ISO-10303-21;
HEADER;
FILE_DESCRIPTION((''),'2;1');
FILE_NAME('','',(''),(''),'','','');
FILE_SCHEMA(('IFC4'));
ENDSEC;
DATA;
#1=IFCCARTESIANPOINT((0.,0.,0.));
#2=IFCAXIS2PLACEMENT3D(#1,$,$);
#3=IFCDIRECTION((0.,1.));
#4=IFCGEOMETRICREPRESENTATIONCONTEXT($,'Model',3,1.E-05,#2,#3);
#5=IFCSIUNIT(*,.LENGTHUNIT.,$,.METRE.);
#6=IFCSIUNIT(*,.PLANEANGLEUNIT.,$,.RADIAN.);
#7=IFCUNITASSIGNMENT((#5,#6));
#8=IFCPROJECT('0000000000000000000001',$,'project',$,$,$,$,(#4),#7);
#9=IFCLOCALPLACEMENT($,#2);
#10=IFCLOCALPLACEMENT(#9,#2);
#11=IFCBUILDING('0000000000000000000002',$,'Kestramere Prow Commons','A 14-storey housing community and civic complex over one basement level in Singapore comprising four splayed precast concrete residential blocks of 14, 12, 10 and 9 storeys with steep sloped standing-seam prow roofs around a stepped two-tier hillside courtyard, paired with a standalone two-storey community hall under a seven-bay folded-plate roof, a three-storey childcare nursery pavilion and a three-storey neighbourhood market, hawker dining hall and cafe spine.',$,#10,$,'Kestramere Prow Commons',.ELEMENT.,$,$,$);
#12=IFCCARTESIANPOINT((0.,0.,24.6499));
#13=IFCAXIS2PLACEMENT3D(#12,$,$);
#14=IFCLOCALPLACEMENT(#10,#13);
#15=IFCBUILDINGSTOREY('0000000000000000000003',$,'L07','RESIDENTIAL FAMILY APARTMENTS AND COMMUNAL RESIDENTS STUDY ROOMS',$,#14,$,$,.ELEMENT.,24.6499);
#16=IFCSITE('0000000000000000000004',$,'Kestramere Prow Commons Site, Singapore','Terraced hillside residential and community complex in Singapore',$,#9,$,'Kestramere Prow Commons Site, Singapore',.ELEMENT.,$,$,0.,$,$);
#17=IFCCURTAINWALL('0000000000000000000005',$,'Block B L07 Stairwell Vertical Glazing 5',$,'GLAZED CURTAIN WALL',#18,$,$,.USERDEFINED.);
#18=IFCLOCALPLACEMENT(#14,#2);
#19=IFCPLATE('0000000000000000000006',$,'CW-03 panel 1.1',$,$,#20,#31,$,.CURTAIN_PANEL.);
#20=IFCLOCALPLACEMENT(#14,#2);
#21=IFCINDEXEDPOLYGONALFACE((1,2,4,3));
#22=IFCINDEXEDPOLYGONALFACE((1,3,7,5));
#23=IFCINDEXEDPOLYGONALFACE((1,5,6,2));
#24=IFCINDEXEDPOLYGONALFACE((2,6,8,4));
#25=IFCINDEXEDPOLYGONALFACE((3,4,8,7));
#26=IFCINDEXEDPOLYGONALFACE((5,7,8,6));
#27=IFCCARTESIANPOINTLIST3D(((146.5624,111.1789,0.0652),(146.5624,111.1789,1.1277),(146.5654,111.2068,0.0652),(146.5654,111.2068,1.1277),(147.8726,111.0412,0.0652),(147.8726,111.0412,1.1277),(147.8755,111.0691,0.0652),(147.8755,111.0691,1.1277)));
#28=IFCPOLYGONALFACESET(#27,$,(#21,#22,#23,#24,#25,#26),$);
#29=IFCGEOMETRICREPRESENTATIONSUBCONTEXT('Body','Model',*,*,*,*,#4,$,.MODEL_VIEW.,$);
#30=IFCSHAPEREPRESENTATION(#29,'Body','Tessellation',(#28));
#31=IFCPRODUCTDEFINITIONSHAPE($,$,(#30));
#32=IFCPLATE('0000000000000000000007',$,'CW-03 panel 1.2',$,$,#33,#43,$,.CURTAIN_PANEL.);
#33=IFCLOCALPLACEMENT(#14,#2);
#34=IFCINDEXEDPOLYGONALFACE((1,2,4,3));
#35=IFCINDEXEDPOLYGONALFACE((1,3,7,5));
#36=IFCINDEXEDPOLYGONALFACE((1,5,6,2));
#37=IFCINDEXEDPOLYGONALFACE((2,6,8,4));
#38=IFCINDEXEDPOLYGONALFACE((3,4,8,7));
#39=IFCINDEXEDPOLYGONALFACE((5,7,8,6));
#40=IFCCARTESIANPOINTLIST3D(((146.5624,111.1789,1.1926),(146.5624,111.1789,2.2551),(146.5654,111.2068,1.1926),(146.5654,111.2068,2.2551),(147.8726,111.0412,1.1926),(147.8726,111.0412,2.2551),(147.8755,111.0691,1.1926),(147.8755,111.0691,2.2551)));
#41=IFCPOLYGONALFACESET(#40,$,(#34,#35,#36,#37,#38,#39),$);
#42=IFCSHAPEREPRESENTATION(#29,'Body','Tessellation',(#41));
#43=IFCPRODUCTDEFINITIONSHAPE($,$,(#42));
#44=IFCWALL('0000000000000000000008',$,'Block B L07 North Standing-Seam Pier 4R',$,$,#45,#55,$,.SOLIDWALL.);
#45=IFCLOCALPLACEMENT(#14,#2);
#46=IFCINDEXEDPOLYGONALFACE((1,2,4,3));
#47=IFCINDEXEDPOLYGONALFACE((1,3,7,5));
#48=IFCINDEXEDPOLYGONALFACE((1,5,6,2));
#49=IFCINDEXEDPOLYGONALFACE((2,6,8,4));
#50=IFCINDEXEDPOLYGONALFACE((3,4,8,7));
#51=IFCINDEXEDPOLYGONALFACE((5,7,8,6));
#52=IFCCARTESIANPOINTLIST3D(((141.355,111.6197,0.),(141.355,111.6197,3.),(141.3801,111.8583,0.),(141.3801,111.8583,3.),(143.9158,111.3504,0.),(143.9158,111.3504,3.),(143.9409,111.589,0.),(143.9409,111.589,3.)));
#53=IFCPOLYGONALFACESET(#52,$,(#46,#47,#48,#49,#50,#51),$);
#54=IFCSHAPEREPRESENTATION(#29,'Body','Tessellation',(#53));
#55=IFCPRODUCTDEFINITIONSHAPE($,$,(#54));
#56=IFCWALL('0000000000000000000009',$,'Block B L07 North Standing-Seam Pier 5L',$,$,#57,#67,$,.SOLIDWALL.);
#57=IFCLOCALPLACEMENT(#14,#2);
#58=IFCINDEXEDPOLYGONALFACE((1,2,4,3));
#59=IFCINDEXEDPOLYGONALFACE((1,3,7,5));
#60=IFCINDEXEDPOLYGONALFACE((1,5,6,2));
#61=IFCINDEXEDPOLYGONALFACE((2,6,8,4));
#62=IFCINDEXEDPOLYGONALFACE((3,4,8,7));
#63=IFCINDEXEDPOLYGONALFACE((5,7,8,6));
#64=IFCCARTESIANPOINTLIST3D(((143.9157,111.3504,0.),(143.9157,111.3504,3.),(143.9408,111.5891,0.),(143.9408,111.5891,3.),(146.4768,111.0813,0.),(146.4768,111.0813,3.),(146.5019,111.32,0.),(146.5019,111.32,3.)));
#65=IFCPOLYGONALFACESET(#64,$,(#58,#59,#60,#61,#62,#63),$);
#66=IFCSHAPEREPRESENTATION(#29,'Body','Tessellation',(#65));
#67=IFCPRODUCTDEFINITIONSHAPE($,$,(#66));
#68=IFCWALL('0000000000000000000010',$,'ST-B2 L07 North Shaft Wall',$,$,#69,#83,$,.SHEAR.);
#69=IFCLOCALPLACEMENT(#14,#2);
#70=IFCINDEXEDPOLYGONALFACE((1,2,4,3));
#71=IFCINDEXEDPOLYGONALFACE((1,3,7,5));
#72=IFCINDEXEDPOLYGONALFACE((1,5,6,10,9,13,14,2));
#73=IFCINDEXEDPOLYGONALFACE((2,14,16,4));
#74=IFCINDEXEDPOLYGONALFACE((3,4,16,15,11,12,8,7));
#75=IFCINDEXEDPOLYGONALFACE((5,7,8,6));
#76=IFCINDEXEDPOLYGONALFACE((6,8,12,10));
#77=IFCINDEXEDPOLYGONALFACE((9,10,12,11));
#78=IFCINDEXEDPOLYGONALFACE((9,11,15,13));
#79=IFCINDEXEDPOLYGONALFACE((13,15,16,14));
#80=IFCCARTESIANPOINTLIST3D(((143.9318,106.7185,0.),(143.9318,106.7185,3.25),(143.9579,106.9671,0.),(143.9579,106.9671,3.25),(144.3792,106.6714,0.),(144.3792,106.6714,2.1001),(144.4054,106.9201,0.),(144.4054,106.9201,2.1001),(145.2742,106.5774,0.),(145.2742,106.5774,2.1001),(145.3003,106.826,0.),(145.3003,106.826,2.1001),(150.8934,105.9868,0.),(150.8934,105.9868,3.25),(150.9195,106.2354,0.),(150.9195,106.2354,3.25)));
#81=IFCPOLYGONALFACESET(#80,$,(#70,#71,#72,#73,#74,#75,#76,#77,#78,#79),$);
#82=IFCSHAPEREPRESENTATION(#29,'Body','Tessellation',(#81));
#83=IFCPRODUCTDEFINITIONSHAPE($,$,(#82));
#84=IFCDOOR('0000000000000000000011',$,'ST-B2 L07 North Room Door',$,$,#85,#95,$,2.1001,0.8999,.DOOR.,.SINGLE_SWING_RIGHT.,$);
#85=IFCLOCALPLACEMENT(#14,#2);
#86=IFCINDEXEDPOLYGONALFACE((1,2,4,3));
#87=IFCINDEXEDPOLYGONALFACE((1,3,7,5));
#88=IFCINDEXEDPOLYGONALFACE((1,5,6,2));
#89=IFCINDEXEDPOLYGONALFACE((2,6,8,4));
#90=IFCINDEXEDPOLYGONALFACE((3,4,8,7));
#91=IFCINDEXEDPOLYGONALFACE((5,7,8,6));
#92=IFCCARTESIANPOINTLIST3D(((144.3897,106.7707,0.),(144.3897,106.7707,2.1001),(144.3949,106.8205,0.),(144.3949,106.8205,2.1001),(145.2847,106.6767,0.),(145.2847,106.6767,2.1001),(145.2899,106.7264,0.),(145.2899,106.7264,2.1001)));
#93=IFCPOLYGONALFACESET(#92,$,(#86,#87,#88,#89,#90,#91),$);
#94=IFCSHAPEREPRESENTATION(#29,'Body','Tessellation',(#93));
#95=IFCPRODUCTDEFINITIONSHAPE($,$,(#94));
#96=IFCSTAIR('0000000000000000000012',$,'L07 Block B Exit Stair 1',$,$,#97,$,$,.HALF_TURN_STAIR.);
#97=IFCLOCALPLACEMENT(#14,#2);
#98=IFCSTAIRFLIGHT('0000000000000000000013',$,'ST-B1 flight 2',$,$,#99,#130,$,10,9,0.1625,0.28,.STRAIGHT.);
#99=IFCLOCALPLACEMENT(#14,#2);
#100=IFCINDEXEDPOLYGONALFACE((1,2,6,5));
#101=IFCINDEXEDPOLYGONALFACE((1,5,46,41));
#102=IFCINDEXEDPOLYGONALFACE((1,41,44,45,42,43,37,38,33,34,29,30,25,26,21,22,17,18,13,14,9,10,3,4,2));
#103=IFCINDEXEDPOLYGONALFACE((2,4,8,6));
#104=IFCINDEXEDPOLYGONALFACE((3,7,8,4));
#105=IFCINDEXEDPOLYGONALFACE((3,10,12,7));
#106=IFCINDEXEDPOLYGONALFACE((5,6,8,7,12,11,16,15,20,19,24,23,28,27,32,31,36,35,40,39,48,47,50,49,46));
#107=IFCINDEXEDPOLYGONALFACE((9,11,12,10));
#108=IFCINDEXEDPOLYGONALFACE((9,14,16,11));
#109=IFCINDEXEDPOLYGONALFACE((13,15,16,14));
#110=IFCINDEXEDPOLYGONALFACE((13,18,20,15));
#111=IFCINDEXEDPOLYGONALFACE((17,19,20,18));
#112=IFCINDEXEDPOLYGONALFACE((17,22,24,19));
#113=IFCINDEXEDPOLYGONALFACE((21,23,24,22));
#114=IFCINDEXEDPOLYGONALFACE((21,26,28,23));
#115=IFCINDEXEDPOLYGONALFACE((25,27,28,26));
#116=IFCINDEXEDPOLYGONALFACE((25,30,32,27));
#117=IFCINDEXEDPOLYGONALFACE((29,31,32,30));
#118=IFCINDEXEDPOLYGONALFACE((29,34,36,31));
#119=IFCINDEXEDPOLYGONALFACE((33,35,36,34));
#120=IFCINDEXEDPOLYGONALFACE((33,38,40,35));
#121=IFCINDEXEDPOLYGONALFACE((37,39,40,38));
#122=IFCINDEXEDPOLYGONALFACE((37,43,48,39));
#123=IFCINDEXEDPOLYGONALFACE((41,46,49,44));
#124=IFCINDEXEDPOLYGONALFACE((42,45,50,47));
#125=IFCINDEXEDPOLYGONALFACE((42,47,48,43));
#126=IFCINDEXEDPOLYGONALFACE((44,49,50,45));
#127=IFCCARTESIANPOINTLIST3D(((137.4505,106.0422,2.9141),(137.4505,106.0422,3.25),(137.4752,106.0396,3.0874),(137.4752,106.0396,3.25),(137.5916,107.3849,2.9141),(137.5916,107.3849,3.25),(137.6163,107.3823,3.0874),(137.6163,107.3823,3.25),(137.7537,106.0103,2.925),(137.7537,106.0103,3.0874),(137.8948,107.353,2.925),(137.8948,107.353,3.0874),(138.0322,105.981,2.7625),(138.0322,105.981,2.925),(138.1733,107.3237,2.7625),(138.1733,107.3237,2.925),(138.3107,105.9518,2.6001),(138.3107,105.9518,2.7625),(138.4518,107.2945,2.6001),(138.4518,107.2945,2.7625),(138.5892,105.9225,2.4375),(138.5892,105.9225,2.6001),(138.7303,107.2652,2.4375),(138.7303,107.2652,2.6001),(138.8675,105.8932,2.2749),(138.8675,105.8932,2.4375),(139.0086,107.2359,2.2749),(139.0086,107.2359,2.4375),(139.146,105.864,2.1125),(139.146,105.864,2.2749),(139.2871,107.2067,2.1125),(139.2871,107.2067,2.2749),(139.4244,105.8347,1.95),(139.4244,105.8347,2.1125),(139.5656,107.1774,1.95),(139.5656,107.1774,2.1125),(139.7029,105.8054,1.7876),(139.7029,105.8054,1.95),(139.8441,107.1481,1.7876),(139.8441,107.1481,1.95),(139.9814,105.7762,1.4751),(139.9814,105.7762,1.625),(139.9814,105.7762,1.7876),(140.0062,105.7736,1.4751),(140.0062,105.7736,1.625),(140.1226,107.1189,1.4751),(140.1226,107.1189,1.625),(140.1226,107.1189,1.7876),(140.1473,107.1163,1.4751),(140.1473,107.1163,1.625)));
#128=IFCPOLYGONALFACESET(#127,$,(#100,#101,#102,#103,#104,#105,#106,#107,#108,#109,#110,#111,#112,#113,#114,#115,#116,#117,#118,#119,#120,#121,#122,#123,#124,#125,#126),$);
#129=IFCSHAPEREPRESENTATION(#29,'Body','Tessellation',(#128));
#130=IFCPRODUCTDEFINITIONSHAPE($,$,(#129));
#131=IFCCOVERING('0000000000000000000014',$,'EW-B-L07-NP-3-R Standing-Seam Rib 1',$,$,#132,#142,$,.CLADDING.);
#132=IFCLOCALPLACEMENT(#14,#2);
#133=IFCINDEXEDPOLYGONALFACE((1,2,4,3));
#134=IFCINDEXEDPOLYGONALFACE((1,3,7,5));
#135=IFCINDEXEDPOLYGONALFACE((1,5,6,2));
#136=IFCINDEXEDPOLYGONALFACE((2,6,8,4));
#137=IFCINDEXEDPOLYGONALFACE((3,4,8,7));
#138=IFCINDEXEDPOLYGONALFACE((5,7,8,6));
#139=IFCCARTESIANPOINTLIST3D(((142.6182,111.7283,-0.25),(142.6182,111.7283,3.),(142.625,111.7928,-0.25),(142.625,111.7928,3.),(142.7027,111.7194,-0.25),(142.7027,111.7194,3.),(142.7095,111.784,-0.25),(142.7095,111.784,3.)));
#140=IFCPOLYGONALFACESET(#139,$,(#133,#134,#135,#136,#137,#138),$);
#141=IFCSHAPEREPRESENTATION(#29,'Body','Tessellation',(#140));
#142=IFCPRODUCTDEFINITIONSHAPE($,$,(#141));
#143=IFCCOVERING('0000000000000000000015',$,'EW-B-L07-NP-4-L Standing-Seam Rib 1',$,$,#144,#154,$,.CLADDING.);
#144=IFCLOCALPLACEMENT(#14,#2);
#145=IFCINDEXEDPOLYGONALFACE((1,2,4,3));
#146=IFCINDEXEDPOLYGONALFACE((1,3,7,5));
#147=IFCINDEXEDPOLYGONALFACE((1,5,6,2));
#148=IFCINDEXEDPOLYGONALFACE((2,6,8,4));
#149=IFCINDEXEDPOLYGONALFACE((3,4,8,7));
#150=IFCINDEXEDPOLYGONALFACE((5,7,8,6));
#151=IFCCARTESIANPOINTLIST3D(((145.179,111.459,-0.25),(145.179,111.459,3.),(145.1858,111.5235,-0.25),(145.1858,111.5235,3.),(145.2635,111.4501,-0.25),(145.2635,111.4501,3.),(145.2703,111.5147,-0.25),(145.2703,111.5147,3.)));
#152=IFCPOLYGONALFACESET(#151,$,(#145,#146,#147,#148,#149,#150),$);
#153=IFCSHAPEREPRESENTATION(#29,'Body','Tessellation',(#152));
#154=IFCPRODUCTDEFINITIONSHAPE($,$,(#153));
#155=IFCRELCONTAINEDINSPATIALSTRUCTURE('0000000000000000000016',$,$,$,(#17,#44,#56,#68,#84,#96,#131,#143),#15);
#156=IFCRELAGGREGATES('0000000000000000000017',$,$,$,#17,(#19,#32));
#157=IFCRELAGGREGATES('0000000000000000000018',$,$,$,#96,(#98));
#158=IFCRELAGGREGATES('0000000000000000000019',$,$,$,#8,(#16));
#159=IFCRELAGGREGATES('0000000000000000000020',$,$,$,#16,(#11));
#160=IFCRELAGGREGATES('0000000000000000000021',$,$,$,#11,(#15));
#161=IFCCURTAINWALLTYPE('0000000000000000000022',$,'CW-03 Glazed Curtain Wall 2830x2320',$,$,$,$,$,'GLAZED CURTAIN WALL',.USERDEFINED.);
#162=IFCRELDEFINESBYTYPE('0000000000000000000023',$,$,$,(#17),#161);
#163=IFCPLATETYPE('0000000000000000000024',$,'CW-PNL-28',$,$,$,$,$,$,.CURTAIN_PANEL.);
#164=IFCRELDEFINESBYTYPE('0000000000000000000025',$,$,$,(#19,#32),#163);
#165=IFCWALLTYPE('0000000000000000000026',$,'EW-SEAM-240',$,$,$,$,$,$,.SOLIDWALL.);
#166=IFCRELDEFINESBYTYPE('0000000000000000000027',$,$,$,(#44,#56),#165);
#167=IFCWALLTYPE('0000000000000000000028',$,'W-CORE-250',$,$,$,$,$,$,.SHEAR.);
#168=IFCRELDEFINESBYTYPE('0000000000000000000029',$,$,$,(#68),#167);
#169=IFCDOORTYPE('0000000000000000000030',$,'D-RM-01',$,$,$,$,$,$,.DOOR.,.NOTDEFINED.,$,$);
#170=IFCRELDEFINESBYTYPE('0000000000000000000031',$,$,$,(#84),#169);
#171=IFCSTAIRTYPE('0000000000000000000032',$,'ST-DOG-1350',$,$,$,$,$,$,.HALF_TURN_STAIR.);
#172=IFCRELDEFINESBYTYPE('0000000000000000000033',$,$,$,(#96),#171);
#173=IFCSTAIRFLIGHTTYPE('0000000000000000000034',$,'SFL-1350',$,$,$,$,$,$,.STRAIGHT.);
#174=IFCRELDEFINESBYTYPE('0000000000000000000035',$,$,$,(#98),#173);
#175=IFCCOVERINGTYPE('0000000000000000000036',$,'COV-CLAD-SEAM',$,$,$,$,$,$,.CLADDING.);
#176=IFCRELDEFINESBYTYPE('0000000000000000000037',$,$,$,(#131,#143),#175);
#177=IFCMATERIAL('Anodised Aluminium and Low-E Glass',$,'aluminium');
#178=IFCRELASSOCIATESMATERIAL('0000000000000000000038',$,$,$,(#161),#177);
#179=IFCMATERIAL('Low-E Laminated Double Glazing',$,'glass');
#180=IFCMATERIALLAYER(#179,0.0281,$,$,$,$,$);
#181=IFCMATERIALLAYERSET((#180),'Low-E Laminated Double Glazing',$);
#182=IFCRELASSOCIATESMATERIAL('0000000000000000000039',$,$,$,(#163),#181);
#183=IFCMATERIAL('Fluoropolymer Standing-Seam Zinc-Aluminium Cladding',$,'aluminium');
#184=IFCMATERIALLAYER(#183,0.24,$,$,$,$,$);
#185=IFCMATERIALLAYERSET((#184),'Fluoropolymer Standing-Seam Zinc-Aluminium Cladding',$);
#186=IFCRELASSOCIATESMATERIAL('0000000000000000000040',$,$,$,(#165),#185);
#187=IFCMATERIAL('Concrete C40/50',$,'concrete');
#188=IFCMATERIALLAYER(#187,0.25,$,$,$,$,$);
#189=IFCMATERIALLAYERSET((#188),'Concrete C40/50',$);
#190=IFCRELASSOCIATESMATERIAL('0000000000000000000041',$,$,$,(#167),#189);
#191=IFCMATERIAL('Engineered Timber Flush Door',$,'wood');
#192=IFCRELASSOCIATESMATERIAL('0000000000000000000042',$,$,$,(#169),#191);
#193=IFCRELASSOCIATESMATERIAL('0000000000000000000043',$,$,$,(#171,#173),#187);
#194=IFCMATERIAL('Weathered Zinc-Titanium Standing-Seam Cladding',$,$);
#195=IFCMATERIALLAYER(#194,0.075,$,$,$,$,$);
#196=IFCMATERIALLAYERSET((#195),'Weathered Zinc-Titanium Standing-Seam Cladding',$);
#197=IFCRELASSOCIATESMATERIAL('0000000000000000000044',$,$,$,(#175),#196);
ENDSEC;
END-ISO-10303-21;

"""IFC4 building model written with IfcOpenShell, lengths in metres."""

from ifc_helpers import new_model, si_unit, direction, frame, frame_2d, origin, origin_2d, place, context, subcontext, project, spatial, polyline, rectangle, outline, extrude, material, layer, layer_set, type_object, element, fill, aggregate, save


model = new_model("IFC4")

# Units and contexts
model_context = context("Model", 3, precision=1e-05, world=origin(), true_north=direction((0.0, 1.0)))
body_context = subcontext(model_context, "Body", "Model", "MODEL_VIEW")
ifc_project = project(units=[si_unit("LENGTHUNIT", "METRE"), si_unit("PLANEANGLEUNIT", "RADIAN")], contexts=[model_context])

# Site, building, storey
site_placement = place(None, origin())
site = spatial("IfcSite", under=ifc_project, at=site_placement, Name="Kestramere Prow Commons Site, Singapore", Description="Terraced hillside residential and community complex in Singapore", LongName="Kestramere Prow Commons Site, Singapore", CompositionType="ELEMENT", RefElevation=0.0)
building_placement = place(site_placement, origin())
building = spatial("IfcBuilding", under=site, at=building_placement, Name="Kestramere Prow Commons", Description="A 14-storey housing community and civic complex over one basement level in Singapore comprising four splayed precast concrete residential blocks of 14, 12, 10 and 9 storeys with steep sloped standing-seam prow roofs around a stepped two-tier hillside courtyard, paired with a standalone two-storey community hall under a seven-bay folded-plate roof, a three-storey childcare nursery pavilion and a three-storey neighbourhood market, hawker dining hall and cafe spine.", LongName="Kestramere Prow Commons", CompositionType="ELEMENT")
storey_placement = place(building_placement, frame((0.0, 0.0, 24.6499)))
storey = spatial("IfcBuildingStorey", under=building, at=storey_placement, Name="L07", Description="RESIDENTIAL FAMILY APARTMENTS AND COMMUNAL RESIDENTS STUDY ROOMS", CompositionType="ELEMENT", Elevation=24.6499)

# Curtain wall
ifc_material_1 = material(Name="Anodised Aluminium and Low-E Glass", Category="aluminium")
curtain_wall_type = type_object("IfcCurtainWallType", Name="CW-03 Glazed Curtain Wall 2830x2320", ElementType="GLAZED CURTAIN WALL", PredefinedType="USERDEFINED", material=ifc_material_1)
curtain_wall_1_placement = place(storey_placement, origin())
curtain_wall_1 = element("IfcCurtainWall", 1, at=curtain_wall_1_placement, inside=storey, type_object=curtain_wall_type, Name="Block B L07 Stairwell Vertical Glazing 5", ObjectType="GLAZED CURTAIN WALL", PredefinedType="USERDEFINED")

# Plates
ifc_material_2 = material(Name="Low-E Laminated Double Glazing", Category="glass")
ifc_layer_1 = layer(ifc_material_2, 0.0281)
ifc_layer_set_1 = layer_set([ifc_layer_1], Name="Low-E Laminated Double Glazing")
plate_type = type_object("IfcPlateType", Name="CW-PNL-28", PredefinedType="CURTAIN_PANEL", material=ifc_layer_set_1)
plate_1_placement = place(storey_placement, frame((147.219, 111.124, 0.0652), z_axis=(0.0, 0.0, 1.0), x_axis=(0.994522, -0.104528, 0.0)))
plate_1 = element("IfcPlate", 2, at=plate_1_placement, type_object=plate_type, Name="CW-03 panel 1.1", PredefinedType="CURTAIN_PANEL", context=body_context, shape_type="SweptSolid", body=[
    extrude(rectangle(XDim=1.3174, YDim=0.0281, at=origin_2d()), origin(), (0.0, 0.0, 1.0), 1.0625),
])
plate_2_placement = place(storey_placement, frame((147.219, 111.124, 1.1926), z_axis=(0.0, 0.0, 1.0), x_axis=(0.994522, -0.104528, 0.0)))
plate_2 = element("IfcPlate", 3, at=plate_2_placement, type_object=plate_type, Name="CW-03 panel 1.2", PredefinedType="CURTAIN_PANEL", context=body_context, shape_type="SweptSolid", body=[
    extrude(rectangle(XDim=1.3174, YDim=0.0281, at=origin_2d()), origin(), (0.0, 0.0, 1.0), 1.0625),
])
aggregate(curtain_wall_1, [plate_1, plate_2])

# Walls
ifc_material_3 = material(Name="Fluoropolymer Standing-Seam Zinc-Aluminium Cladding", Category="aluminium")
ifc_layer_2 = layer(ifc_material_3, 0.24)
ifc_layer_set_2 = layer_set([ifc_layer_2], Name="Fluoropolymer Standing-Seam Zinc-Aluminium Cladding")
wall_type_1 = type_object("IfcWallType", Name="EW-SEAM-240", PredefinedType="SOLIDWALL", material=ifc_layer_set_2)
wall_1_placement = place(storey_placement, frame((141.3674, 111.739, 0.0), z_axis=(0.0, 0.0, 1.0), x_axis=(0.994516, -0.104581, 0.0)))
element("IfcWall", 4, at=wall_1_placement, inside=storey, type_object=wall_type_1, Name="Block B L07 North Standing-Seam Pier 4R", PredefinedType="SOLIDWALL", context=body_context, shape_type="SweptSolid", body=[
    extrude(rectangle(XDim=2.575, YDim=0.24, at=frame_2d((1.2876, 0.0))), origin(), (0.0, 0.0, 1.0), 3.0),
])
wall_2_placement = place(storey_placement, frame((143.9282, 111.4697, 0.0), z_axis=(0.0, 0.0, 1.0), x_axis=(0.994527, -0.104478, 0.0)))
element("IfcWall", 5, at=wall_2_placement, inside=storey, type_object=wall_type_1, Name="Block B L07 North Standing-Seam Pier 5L", PredefinedType="SOLIDWALL", context=body_context, shape_type="SweptSolid", body=[
    extrude(rectangle(XDim=2.5752, YDim=0.24, at=frame_2d((1.2876, 0.0))), origin(), (0.0, 0.0, 1.0), 3.0),
])

# Wall, opening, door
ifc_material_4 = material(Name="Concrete C40/50", Category="concrete")
ifc_layer_3 = layer(ifc_material_4, 0.25)
ifc_layer_set_3 = layer_set([ifc_layer_3], Name="Concrete C40/50")
wall_type_2 = type_object("IfcWallType", Name="W-CORE-250", PredefinedType="SHEAR", material=ifc_layer_set_3)
wall_3_placement = place(storey_placement, frame((143.9448, 106.8428, 0.0), z_axis=(0.0, 0.0, 1.0), x_axis=(0.994522, -0.104527, 0.0)))
wall_3 = element("IfcWall", 6, at=wall_3_placement, inside=storey, type_object=wall_type_2, Name="ST-B2 L07 North Shaft Wall", PredefinedType="SHEAR", context=body_context, shape_type="SweptSolid", body=[
    extrude(rectangle(XDim=7.0, YDim=0.25, at=frame_2d((3.5, 0.0))), origin(), (0.0, 0.0, 1.0), 3.25),
])
opening_placement = place(wall_3_placement, frame((0.45, 0.0, 0.0)))
opening = element("IfcOpeningElement", 7, at=opening_placement, cuts=wall_3, PredefinedType="OPENING", context=body_context, shape_type="SweptSolid", body=[
    extrude(rectangle(XDim=0.8999, YDim=2.1001, at=frame_2d((0.45, 1.05))), frame((0.0, 0.1399, 0.0), z_axis=(0.0, -1.0, 0.0), x_axis=(1.0, 0.0, 0.0)), (0.0, 0.0, 1.0), 0.28),
])
ifc_material_5 = material(Name="Engineered Timber Flush Door", Category="wood")
door_type = type_object("IfcDoorType", Name="D-RM-01", OperationType="NOTDEFINED", PredefinedType="DOOR", material=ifc_material_5)
door_placement = place(opening_placement, origin())
door = element("IfcDoor", 8, at=door_placement, inside=storey, type_object=door_type, Name="ST-B2 L07 North Room Door", OperationType="SINGLE_SWING_RIGHT", OverallHeight=2.1001, OverallWidth=0.8999, PredefinedType="DOOR", context=body_context, shape_type="SweptSolid", body=[
    extrude(rectangle(XDim=0.8999, YDim=2.1001, at=frame_2d((0.45, 1.05))), frame((0.0, 0.0249, 0.0), z_axis=(0.0, -1.0, 0.0), x_axis=(1.0, 0.0, 0.0)), (0.0, 0.0, 1.0), 0.05),
])
fill(opening, door)

# Stair, stair flight
stair_type = type_object("IfcStairType", Name="ST-DOG-1350", PredefinedType="HALF_TURN_STAIR", material=ifc_material_4)
stair_placement = place(storey_placement, origin())
stair = element("IfcStair", 9, at=stair_placement, inside=storey, type_object=stair_type, Name="L07 Block B Exit Stair 1", PredefinedType="HALF_TURN_STAIR")
stair_flight_type = type_object("IfcStairFlightType", Name="SFL-1350", PredefinedType="STRAIGHT", material=ifc_material_4)
stair_flight_placement = place(storey_placement, frame((140.052, 106.4475, 1.625), z_axis=(0.0, 0.0, 1.0), x_axis=(-0.994522, 0.104528, 0.0)))
stair_flight = element("IfcStairFlight", 10, at=stair_flight_placement, type_object=stair_flight_type, Name="ST-B1 flight 2", NumberOfRisers=10, NumberOfTreads=9, PredefinedType="STRAIGHT", RiserHeight=0.1625, TreadLength=0.28, context=body_context, shape_type="SweptSolid", body=[
    extrude(outline(polyline([(-0.0249, 0.0), (0.0, 0.0), (0.0, 0.1626), (0.28, 0.1626), (0.28, 0.325), (0.5601, 0.325), (0.5601, 0.4875), (0.8401, 0.4875), (0.8401, 0.6499), (1.1201, 0.6499), (1.1201, 0.8125), (1.3999, 0.8125), (1.3999, 0.9751), (1.6799, 0.9751), (1.6799, 1.1375), (1.96, 1.1375), (1.96, 1.3), (2.24, 1.3), (2.24, 1.4624), (2.52, 1.4624), (2.52, 1.625), (2.5449, 1.625), (2.5449, 1.2891), (0.0, -0.1499), (-0.0249, -0.1499), (-0.0249, 0.0)])), frame((0.0, 0.675, 0.0), z_axis=(0.0, -1.0, 0.0), x_axis=(1.0, 0.0, 0.0)), (0.0, 0.0, 1.0), 1.3501),
])
aggregate(stair, [stair_flight])

# Coverings
ifc_material_6 = material(Name="Weathered Zinc-Titanium Standing-Seam Cladding")
ifc_layer_4 = layer(ifc_material_6, 0.075)
ifc_layer_set_4 = layer_set([ifc_layer_4], Name="Weathered Zinc-Titanium Standing-Seam Cladding")
covering_type = type_object("IfcCoveringType", Name="COV-CLAD-SEAM", PredefinedType="CLADDING", material=ifc_layer_set_4)
for number, where, z_axis, x_axis, name in (
    (11, (142.6638, 111.7561, -0.25), (0.0, 0.0, 1.0), (0.994522, -0.104528, 0.0), "EW-B-L07-NP-3-R Standing-Seam Rib 1"),
    (12, (145.2246, 111.4868, -0.25), (0.0, 0.0, 1.0), (0.994522, -0.104528, 0.0), "EW-B-L07-NP-4-L Standing-Seam Rib 1"),
):
    element("IfcCovering", number, at=place(storey_placement, frame(where, z_axis=z_axis, x_axis=x_axis)), inside=storey, type_object=covering_type, Name=name, PredefinedType="CLADDING", context=body_context, shape_type="SweptSolid", body=[
        extrude(rectangle(XDim=0.085, YDim=0.0649, at=origin_2d()), origin(), (0.0, 0.0, 1.0), 3.25),
    ])

save(model, "model.ifc")
